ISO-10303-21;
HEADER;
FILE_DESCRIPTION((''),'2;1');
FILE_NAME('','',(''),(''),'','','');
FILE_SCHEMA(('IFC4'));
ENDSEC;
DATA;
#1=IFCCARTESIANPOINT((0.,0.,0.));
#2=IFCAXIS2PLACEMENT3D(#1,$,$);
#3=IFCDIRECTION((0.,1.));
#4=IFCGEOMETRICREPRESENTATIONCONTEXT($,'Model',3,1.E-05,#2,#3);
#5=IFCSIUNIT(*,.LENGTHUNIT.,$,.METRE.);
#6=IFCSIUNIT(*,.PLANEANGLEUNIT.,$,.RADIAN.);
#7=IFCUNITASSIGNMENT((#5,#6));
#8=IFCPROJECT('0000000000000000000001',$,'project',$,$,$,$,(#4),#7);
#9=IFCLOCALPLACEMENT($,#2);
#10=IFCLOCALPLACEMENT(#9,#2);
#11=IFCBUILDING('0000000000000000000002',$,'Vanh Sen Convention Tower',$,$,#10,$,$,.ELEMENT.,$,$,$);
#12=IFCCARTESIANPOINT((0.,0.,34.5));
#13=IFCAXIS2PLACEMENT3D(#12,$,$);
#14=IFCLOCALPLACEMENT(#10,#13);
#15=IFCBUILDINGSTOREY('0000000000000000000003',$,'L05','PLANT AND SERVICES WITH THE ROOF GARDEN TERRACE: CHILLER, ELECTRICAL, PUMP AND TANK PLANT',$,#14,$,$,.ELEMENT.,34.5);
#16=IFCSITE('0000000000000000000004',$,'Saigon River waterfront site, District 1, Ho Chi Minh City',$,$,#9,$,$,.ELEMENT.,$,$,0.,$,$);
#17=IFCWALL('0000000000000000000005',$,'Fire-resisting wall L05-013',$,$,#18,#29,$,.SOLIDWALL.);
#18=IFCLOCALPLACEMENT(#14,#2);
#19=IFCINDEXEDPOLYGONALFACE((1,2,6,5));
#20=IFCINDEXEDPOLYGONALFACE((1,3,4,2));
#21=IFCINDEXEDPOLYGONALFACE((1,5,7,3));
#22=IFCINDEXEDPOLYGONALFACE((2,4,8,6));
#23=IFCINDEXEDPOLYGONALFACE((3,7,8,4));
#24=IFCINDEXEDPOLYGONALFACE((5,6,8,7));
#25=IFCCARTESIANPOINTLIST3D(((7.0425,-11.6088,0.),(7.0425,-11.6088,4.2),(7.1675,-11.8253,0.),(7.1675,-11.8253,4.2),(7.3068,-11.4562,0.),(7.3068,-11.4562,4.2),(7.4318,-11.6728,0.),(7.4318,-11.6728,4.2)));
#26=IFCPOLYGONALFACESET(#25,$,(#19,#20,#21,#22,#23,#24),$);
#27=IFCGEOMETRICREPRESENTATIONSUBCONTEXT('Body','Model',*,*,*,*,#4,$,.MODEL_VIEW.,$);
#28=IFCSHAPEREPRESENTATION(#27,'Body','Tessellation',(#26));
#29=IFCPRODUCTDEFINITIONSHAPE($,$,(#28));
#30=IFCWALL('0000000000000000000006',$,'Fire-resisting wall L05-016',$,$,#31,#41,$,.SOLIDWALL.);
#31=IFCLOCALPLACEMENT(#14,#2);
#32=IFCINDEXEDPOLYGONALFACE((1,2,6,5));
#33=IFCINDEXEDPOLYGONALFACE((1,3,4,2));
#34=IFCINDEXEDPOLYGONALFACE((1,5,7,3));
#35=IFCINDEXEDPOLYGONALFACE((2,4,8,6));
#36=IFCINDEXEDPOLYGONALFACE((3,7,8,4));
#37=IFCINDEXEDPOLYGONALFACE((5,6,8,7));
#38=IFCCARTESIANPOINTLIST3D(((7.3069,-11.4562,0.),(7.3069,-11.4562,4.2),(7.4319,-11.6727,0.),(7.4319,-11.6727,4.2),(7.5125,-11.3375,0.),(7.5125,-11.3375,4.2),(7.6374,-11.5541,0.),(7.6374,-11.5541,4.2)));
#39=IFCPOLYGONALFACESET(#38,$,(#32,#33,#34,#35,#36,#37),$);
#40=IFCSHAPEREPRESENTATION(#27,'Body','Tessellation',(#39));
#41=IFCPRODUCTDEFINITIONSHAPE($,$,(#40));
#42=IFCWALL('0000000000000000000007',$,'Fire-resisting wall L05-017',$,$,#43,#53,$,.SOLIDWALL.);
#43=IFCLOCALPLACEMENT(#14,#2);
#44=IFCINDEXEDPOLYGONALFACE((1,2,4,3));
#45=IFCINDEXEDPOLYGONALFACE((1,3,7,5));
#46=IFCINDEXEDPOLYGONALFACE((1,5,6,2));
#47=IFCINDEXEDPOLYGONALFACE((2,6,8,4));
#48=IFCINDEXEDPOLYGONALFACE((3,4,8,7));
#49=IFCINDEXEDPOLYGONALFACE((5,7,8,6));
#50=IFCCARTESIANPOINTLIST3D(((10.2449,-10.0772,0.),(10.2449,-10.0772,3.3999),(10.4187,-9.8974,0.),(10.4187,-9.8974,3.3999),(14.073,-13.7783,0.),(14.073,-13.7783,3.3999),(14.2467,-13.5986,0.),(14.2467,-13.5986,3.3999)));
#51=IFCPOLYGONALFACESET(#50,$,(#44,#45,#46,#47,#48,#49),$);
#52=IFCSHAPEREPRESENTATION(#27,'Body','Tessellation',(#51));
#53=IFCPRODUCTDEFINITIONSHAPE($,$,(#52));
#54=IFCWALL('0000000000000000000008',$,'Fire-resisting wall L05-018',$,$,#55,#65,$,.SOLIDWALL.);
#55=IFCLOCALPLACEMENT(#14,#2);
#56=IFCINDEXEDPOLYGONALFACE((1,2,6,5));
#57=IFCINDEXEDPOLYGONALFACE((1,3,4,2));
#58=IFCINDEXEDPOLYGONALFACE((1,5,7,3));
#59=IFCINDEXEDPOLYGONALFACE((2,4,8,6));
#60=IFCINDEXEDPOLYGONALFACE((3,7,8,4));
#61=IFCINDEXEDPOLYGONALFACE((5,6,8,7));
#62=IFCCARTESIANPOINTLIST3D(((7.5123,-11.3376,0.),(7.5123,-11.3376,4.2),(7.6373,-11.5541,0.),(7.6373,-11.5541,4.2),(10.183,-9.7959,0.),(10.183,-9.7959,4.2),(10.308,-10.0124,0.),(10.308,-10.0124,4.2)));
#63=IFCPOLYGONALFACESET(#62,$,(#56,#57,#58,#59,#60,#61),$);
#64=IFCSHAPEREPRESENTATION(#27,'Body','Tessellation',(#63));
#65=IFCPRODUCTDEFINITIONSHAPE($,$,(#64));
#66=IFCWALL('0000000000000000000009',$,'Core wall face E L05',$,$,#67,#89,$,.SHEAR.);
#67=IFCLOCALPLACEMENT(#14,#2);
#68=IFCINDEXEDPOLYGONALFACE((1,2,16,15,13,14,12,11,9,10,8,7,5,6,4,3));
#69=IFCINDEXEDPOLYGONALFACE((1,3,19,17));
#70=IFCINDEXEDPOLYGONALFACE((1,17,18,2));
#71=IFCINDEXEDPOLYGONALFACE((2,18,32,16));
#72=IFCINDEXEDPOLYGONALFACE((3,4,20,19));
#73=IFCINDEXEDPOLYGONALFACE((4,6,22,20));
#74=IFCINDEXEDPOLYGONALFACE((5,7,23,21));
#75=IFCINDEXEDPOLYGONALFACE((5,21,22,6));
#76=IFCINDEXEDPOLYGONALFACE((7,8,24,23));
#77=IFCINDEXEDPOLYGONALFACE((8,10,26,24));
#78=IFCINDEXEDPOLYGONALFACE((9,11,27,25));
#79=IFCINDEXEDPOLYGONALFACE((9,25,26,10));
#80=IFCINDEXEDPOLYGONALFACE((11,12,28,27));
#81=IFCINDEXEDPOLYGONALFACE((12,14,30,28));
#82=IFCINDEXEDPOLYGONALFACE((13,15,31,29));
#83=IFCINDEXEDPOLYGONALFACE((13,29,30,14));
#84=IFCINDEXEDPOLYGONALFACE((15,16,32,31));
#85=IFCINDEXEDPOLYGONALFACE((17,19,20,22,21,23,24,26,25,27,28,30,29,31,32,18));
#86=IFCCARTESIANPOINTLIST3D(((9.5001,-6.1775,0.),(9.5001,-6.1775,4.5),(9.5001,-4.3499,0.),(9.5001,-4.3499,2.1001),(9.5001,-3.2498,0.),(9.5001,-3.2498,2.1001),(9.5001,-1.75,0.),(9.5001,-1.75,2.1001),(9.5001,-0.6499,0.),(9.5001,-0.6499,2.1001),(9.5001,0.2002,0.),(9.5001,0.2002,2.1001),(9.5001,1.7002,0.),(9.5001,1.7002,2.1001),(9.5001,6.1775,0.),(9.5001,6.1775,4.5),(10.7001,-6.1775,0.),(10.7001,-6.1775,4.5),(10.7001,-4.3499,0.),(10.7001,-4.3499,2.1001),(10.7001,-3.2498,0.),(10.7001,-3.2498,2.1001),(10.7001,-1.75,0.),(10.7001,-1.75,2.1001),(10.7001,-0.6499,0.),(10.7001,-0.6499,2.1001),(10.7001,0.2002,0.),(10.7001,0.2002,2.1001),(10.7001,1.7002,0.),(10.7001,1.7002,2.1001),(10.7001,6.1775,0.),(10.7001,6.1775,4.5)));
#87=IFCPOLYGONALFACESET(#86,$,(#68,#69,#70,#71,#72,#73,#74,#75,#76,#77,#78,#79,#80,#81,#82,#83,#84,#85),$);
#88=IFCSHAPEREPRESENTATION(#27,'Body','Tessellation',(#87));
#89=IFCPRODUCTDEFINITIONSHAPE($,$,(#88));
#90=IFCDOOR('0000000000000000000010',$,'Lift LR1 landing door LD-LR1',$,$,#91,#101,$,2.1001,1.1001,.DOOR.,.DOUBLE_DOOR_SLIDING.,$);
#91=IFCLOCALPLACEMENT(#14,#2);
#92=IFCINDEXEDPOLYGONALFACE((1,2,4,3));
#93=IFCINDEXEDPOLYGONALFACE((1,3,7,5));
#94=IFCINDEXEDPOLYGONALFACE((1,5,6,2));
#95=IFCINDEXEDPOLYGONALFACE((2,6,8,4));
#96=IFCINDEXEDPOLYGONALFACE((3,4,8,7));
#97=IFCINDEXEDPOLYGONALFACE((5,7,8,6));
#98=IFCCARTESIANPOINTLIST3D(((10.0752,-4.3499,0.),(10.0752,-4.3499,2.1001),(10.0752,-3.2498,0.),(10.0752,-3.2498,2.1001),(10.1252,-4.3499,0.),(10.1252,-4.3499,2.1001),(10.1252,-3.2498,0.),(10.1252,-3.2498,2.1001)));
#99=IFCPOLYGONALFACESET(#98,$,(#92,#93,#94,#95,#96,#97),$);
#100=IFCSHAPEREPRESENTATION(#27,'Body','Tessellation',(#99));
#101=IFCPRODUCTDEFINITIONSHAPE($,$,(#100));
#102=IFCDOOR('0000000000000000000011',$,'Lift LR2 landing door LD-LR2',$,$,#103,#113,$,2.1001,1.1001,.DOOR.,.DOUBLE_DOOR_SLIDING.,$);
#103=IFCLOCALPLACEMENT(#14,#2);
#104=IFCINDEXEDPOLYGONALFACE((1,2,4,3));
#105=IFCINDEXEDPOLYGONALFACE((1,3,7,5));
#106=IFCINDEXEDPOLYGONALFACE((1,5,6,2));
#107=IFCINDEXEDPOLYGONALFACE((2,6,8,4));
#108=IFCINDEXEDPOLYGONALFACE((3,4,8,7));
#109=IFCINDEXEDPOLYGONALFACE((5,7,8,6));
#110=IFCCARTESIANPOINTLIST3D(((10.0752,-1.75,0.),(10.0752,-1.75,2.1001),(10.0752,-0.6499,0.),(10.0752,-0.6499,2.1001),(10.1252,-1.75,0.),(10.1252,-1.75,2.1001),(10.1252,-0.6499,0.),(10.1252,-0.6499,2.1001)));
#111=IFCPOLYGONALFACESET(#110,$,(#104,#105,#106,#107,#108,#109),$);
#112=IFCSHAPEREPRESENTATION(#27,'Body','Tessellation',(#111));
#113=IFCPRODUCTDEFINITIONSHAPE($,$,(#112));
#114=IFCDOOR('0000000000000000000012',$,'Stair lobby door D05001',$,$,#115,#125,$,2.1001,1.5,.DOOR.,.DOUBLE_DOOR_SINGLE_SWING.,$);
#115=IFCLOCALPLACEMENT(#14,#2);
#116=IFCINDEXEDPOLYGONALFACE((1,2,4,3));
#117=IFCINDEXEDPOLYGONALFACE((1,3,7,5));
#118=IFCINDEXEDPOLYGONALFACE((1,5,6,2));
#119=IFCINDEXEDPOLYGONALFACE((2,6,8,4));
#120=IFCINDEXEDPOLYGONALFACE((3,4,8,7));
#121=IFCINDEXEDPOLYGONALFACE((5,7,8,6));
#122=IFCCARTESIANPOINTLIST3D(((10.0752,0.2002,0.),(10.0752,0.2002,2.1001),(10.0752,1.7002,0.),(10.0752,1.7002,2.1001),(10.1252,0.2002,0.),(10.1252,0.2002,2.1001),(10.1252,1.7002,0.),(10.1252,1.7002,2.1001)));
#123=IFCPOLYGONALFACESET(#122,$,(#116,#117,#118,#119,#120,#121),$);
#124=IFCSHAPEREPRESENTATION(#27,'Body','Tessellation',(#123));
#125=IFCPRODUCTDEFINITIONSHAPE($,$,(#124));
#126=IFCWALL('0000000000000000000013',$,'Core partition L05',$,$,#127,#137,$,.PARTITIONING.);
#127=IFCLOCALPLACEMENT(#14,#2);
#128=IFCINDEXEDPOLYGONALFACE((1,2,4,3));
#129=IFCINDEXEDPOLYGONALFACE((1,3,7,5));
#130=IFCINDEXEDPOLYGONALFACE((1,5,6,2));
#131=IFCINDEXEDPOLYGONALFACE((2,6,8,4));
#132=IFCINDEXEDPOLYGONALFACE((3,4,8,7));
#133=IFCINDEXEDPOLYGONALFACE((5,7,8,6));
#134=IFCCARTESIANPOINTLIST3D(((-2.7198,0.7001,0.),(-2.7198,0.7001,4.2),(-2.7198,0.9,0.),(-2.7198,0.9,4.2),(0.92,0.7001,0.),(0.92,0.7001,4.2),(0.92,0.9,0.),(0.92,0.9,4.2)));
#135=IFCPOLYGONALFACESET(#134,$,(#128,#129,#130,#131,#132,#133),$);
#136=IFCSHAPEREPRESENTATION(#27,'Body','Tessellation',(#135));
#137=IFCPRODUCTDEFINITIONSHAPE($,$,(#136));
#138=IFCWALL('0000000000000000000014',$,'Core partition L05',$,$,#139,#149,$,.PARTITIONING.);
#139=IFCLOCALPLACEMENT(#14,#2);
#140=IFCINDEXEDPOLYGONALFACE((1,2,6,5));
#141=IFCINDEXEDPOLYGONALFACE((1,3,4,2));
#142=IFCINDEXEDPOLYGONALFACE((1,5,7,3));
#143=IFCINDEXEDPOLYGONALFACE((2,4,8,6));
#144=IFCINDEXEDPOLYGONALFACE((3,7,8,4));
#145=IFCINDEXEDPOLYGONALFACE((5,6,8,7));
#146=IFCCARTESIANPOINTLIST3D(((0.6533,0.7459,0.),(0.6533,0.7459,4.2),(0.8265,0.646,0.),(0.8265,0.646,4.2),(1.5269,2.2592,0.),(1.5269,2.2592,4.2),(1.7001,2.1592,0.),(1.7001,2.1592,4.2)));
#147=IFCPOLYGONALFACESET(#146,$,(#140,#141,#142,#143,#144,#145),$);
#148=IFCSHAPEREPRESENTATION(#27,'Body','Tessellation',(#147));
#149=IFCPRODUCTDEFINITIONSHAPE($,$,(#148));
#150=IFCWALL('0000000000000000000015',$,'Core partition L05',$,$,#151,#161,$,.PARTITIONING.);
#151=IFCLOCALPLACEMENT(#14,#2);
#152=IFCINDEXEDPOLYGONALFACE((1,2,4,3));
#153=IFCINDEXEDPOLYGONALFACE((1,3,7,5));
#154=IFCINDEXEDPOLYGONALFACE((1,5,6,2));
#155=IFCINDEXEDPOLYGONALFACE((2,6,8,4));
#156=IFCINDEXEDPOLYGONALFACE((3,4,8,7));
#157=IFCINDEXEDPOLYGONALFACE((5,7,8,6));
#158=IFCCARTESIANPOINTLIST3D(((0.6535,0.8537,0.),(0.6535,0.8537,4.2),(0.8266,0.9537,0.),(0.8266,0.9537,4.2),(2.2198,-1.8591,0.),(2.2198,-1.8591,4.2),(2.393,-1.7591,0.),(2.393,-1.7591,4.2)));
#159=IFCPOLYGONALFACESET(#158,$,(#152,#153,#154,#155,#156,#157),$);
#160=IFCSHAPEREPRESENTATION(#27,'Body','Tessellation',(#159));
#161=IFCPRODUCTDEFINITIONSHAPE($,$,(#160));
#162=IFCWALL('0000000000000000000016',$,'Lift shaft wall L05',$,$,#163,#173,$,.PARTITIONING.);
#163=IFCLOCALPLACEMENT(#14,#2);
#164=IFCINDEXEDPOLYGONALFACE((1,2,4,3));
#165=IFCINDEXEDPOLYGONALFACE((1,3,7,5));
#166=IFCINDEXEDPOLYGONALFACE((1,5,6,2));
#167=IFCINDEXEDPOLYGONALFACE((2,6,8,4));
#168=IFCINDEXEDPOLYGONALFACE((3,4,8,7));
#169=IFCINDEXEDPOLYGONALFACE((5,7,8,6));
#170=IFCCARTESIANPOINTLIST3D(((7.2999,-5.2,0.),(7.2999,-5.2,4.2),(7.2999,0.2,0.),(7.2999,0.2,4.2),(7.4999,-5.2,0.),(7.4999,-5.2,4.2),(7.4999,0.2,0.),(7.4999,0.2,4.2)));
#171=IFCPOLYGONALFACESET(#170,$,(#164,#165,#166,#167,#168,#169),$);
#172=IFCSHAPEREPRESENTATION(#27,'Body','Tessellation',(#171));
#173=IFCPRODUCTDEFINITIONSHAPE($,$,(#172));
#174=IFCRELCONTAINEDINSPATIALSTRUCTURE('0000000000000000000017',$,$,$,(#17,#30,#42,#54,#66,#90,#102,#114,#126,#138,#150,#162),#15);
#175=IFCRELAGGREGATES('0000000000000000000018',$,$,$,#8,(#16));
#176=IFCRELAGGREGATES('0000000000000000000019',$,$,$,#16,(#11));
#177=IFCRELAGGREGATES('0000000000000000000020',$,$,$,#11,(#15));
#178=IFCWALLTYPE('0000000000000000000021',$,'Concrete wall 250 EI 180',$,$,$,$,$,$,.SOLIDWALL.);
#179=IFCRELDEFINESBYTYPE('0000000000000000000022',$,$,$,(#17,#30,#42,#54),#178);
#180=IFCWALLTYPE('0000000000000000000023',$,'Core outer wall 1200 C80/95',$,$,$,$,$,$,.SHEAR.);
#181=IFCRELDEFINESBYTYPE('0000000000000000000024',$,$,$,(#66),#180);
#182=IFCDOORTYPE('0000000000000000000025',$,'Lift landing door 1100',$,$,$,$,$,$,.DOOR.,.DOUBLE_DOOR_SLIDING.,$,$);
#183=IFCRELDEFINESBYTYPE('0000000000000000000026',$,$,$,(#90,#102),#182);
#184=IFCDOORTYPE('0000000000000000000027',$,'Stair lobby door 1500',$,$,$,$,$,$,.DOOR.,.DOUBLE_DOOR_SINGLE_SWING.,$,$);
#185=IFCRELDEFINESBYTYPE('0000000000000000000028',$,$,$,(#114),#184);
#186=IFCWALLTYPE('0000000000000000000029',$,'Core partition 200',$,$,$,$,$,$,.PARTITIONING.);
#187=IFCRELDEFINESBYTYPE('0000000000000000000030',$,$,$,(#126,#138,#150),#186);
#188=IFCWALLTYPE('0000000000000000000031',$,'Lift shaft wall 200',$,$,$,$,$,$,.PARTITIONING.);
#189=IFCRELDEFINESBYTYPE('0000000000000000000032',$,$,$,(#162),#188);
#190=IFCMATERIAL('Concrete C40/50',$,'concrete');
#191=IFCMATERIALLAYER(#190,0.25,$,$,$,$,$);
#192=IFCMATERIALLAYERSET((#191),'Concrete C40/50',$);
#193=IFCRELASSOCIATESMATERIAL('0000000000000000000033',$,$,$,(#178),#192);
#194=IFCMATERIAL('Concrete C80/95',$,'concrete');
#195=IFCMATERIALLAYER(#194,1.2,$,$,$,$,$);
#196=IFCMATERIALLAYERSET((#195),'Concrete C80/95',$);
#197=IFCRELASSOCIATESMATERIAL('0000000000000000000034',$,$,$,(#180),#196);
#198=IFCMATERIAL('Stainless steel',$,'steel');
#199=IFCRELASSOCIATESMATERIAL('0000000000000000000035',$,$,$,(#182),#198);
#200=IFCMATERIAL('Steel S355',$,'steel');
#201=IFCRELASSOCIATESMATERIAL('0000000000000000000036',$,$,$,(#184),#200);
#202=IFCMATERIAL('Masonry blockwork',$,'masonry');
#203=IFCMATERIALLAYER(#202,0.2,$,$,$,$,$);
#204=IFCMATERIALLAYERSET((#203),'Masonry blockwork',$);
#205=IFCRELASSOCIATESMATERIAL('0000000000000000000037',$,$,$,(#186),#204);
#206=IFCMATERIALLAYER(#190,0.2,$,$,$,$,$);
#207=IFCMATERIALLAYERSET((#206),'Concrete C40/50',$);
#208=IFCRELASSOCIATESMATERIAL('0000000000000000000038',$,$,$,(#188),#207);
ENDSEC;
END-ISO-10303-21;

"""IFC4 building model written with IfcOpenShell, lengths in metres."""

from ifc_helpers import new_model, si_unit, direction, frame, frame_2d, origin, place, context, subcontext, project, spatial, rectangle, extrude, material, layer, layer_set, type_object, element, fill, save


model = new_model("IFC4")

# Units and contexts
model_context = context("Model", 3, precision=1e-05, world=origin(), true_north=direction((0.0, 1.0)))
body_context = subcontext(model_context, "Body", "Model", "MODEL_VIEW")
ifc_project = project(units=[si_unit("LENGTHUNIT", "METRE"), si_unit("PLANEANGLEUNIT", "RADIAN")], contexts=[model_context])

# Site, building, storey
site_placement = place(None, origin())
site = spatial("IfcSite", under=ifc_project, at=site_placement, Name="Saigon River waterfront site, District 1, Ho Chi Minh City", CompositionType="ELEMENT", RefElevation=0.0)
building_placement = place(site_placement, origin())
building = spatial("IfcBuilding", under=site, at=building_placement, Name="Vanh Sen Convention Tower", CompositionType="ELEMENT")
storey_placement = place(building_placement, frame((0.0, 0.0, 34.5)))
storey = spatial("IfcBuildingStorey", under=building, at=storey_placement, Name="L05", Description="PLANT AND SERVICES WITH THE ROOF GARDEN TERRACE: CHILLER, ELECTRICAL, PUMP AND TANK PLANT", CompositionType="ELEMENT", Elevation=34.5)

# Walls
ifc_material_1 = material(Name="Concrete C40/50", Category="concrete")
ifc_layer_1 = layer(ifc_material_1, 0.25)
ifc_layer_set_1 = layer_set([ifc_layer_1], Name="Concrete C40/50")
wall_type_1 = type_object("IfcWallType", Name="Concrete wall 250 EI 180", PredefinedType="SOLIDWALL", material=ifc_layer_set_1)
wall_1_placement = place(storey_placement, frame((7.105, -11.717, 0.0), z_axis=(0.0, 0.0, 1.0), x_axis=(0.866119, 0.499838, 0.0)))
element("IfcWall", 1, at=wall_1_placement, inside=storey, type_object=wall_type_1, Name="Fire-resisting wall L05-013", PredefinedType="SOLIDWALL", context=body_context, shape_type="SweptSolid", body=[
    extrude(rectangle(XDim=0.3052, YDim=0.25, at=frame_2d((0.1526, 0.0))), origin(), (0.0, 0.0, 1.0), 4.2),
])
wall_2_placement = place(storey_placement, frame((7.575, -11.4458, 0.0), z_axis=(0.0, 0.0, 1.0), x_axis=(-0.866083, -0.499901, 0.0)))
element("IfcWall", 2, at=wall_2_placement, inside=storey, type_object=wall_type_1, Name="Fire-resisting wall L05-016", PredefinedType="SOLIDWALL", context=body_context, shape_type="SweptSolid", body=[
    extrude(rectangle(XDim=0.2373, YDim=0.25, at=frame_2d((0.1187, 0.0))), origin(), (0.0, 0.0, 1.0), 4.2),
])
wall_3_placement = place(storey_placement, frame((10.3318, -9.9873, 0.0), z_axis=(0.0, 0.0, 1.0), x_axis=(0.718927, -0.695085, 0.0)))
element("IfcWall", 3, at=wall_3_placement, inside=storey, type_object=wall_type_1, Name="Fire-resisting wall L05-017", PredefinedType="SOLIDWALL", context=body_context, shape_type="SweptSolid", body=[
    extrude(rectangle(XDim=5.3247, YDim=0.25, at=frame_2d((2.6624, 0.0))), origin(), (0.0, 0.0, 1.0), 3.3999),
])
wall_4_placement = place(storey_placement, frame((10.2456, -9.9041, 0.0), z_axis=(0.0, 0.0, 1.0), x_axis=(-0.866047, -0.499962, 0.0)))
element("IfcWall", 4, at=wall_4_placement, inside=storey, type_object=wall_type_1, Name="Fire-resisting wall L05-018", PredefinedType="SOLIDWALL", context=body_context, shape_type="SweptSolid", body=[
    extrude(rectangle(XDim=3.0837, YDim=0.25, at=frame_2d((1.542, 0.0))), origin(), (0.0, 0.0, 1.0), 4.2),
])

# Wall, openings, doors
ifc_material_2 = material(Name="Concrete C80/95", Category="concrete")
ifc_layer_2 = layer(ifc_material_2, 1.2)
ifc_layer_set_2 = layer_set([ifc_layer_2], Name="Concrete C80/95")
wall_type_2 = type_object("IfcWallType", Name="Core outer wall 1200 C80/95", PredefinedType="SHEAR", material=ifc_layer_set_2)
wall_5_placement = place(storey_placement, frame((10.1001, -6.1775, 0.0), z_axis=(0.0, 0.0, 1.0), x_axis=(0.0, 1.0, 0.0)))
wall_5 = element("IfcWall", 5, at=wall_5_placement, inside=storey, type_object=wall_type_2, Name="Core wall face E L05", PredefinedType="SHEAR", context=body_context, shape_type="SweptSolid", body=[
    extrude(rectangle(XDim=12.355, YDim=1.2, at=frame_2d((6.1775, 0.0))), origin(), (0.0, 0.0, 1.0), 4.5),
])
opening_1_placement = place(wall_5_placement, frame((6.3777, 0.0, 0.0)))
opening_1 = element("IfcOpeningElement", 6, at=opening_1_placement, cuts=wall_5, PredefinedType="OPENING", context=body_context, shape_type="SweptSolid", body=[
    extrude(rectangle(XDim=1.5, YDim=2.1001, at=frame_2d((0.75, 1.05))), frame((0.0, 0.6099, 0.0), z_axis=(0.0, -1.0, 0.0), x_axis=(1.0, 0.0, 0.0)), (0.0, 0.0, 1.0), 1.22),
])
opening_2_placement = place(wall_5_placement, frame((1.8276, 0.0, 0.0)))
opening_2 = element("IfcOpeningElement", 7, at=opening_2_placement, cuts=wall_5, PredefinedType="OPENING", context=body_context, shape_type="SweptSolid", body=[
    extrude(rectangle(XDim=1.1001, YDim=2.1001, at=frame_2d((0.55, 1.05))), frame((0.0, 0.6099, 0.0), z_axis=(0.0, -1.0, 0.0), x_axis=(1.0, 0.0, 0.0)), (0.0, 0.0, 1.0), 1.22),
])
opening_3_placement = place(wall_5_placement, frame((4.4275, 0.0, 0.0)))
opening_3 = element("IfcOpeningElement", 8, at=opening_3_placement, cuts=wall_5, PredefinedType="OPENING", context=body_context, shape_type="SweptSolid", body=[
    extrude(rectangle(XDim=1.1001, YDim=2.1001, at=frame_2d((0.55, 1.05))), frame((0.0, 0.6099, 0.0), z_axis=(0.0, -1.0, 0.0), x_axis=(1.0, 0.0, 0.0)), (0.0, 0.0, 1.0), 1.22),
])
ifc_material_3 = material(Name="Stainless steel", Category="steel")
door_type_1 = type_object("IfcDoorType", Name="Lift landing door 1100", OperationType="DOUBLE_DOOR_SLIDING", PredefinedType="DOOR", material=ifc_material_3)
door_1_placement = place(opening_2_placement, origin())
door_1 = element("IfcDoor", 9, at=door_1_placement, inside=storey, type_object=door_type_1, Name="Lift LR1 landing door LD-LR1", OperationType="DOUBLE_DOOR_SLIDING", OverallHeight=2.1001, OverallWidth=1.1001, PredefinedType="DOOR", context=body_context, shape_type="SweptSolid", body=[
    extrude(rectangle(XDim=1.1001, YDim=2.1001, at=frame_2d((0.55, 1.05))), frame((0.0, 0.0249, 0.0), z_axis=(0.0, -1.0, 0.0), x_axis=(1.0, 0.0, 0.0)), (0.0, 0.0, 1.0), 0.05),
])
fill(opening_2, door_1)
door_2_placement = place(opening_3_placement, origin())
door_2 = element("IfcDoor", 10, at=door_2_placement, inside=storey, type_object=door_type_1, Name="Lift LR2 landing door LD-LR2", OperationType="DOUBLE_DOOR_SLIDING", OverallHeight=2.1001, OverallWidth=1.1001, PredefinedType="DOOR", context=body_context, shape_type="SweptSolid", body=[
    extrude(rectangle(XDim=1.1001, YDim=2.1001, at=frame_2d((0.55, 1.05))), frame((0.0, 0.0249, 0.0), z_axis=(0.0, -1.0, 0.0), x_axis=(1.0, 0.0, 0.0)), (0.0, 0.0, 1.0), 0.05),
])
fill(opening_3, door_2)
ifc_material_4 = material(Name="Steel S355", Category="steel")
door_type_2 = type_object("IfcDoorType", Name="Stair lobby door 1500", OperationType="DOUBLE_DOOR_SINGLE_SWING", PredefinedType="DOOR", material=ifc_material_4)
door_3_placement = place(opening_1_placement, origin())
door_3 = element("IfcDoor", 11, at=door_3_placement, inside=storey, type_object=door_type_2, Name="Stair lobby door D05001", OperationType="DOUBLE_DOOR_SINGLE_SWING", OverallHeight=2.1001, OverallWidth=1.5, PredefinedType="DOOR", context=body_context, shape_type="SweptSolid", body=[
    extrude(rectangle(XDim=1.5, YDim=2.1001, at=frame_2d((0.75, 1.05))), frame((0.0, 0.0249, 0.0), z_axis=(0.0, -1.0, 0.0), x_axis=(1.0, 0.0, 0.0)), (0.0, 0.0, 1.0), 0.05),
])
fill(opening_1, door_3)

# Walls
ifc_material_5 = material(Name="Masonry blockwork", Category="masonry")
ifc_layer_3 = layer(ifc_material_5, 0.2)
ifc_layer_set_3 = layer_set([ifc_layer_3], Name="Masonry blockwork")
wall_type_3 = type_object("IfcWallType", Name="Core partition 200", PredefinedType="PARTITIONING", material=ifc_layer_set_3)
wall_6_placement = place(storey_placement, frame((0.9199, 0.8, 0.0), z_axis=(0.0, 0.0, 1.0), x_axis=(-1.0, 0.0, 0.0)))
element("IfcWall", 12, at=wall_6_placement, inside=storey, type_object=wall_type_3, Name="Core partition L05", PredefinedType="PARTITIONING", context=body_context, shape_type="SweptSolid", body=[
    extrude(rectangle(XDim=3.6399, YDim=0.2, at=frame_2d((1.8198, 0.0))), origin(), (0.0, 0.0, 1.0), 4.2),
])
wall_7_placement = place(storey_placement, frame((0.74, 0.696, 0.0), z_axis=(0.0, 0.0, 1.0), x_axis=(0.499956, 0.866051, 0.0)))
element("IfcWall", 13, at=wall_7_placement, inside=storey, type_object=wall_type_3, Name="Core partition L05", PredefinedType="PARTITIONING", context=body_context, shape_type="SweptSolid", body=[
    extrude(rectangle(XDim=1.7473, YDim=0.2, at=frame_2d((0.8735, 0.0))), origin(), (0.0, 0.0, 1.0), 4.2),
])
wall_8_placement = place(storey_placement, frame((0.74, 0.9038, 0.0), z_axis=(0.0, 0.0, 1.0), x_axis=(0.500028, -0.866009, 0.0)))
element("IfcWall", 14, at=wall_8_placement, inside=storey, type_object=wall_type_3, Name="Core partition L05", PredefinedType="PARTITIONING", context=body_context, shape_type="SweptSolid", body=[
    extrude(rectangle(XDim=3.1326, YDim=0.2, at=frame_2d((1.5664, 0.0))), origin(), (0.0, 0.0, 1.0), 4.2),
])
ifc_layer_4 = layer(ifc_material_1, 0.2)
ifc_layer_set_4 = layer_set([ifc_layer_4], Name="Concrete C40/50")
wall_type_4 = type_object("IfcWallType", Name="Lift shaft wall 200", PredefinedType="PARTITIONING", material=ifc_layer_set_4)
wall_9_placement = place(storey_placement, frame((7.3999, -5.2, 0.0), z_axis=(0.0, 0.0, 1.0), x_axis=(0.0, 1.0, 0.0)))
element("IfcWall", 15, at=wall_9_placement, inside=storey, type_object=wall_type_4, Name="Lift shaft wall L05", PredefinedType="PARTITIONING", context=body_context, shape_type="SweptSolid", body=[
    extrude(rectangle(XDim=5.3999, YDim=0.2, at=frame_2d((2.7, 0.0))), origin(), (0.0, 0.0, 1.0), 4.2),
])

save(model, "model.ifc")
